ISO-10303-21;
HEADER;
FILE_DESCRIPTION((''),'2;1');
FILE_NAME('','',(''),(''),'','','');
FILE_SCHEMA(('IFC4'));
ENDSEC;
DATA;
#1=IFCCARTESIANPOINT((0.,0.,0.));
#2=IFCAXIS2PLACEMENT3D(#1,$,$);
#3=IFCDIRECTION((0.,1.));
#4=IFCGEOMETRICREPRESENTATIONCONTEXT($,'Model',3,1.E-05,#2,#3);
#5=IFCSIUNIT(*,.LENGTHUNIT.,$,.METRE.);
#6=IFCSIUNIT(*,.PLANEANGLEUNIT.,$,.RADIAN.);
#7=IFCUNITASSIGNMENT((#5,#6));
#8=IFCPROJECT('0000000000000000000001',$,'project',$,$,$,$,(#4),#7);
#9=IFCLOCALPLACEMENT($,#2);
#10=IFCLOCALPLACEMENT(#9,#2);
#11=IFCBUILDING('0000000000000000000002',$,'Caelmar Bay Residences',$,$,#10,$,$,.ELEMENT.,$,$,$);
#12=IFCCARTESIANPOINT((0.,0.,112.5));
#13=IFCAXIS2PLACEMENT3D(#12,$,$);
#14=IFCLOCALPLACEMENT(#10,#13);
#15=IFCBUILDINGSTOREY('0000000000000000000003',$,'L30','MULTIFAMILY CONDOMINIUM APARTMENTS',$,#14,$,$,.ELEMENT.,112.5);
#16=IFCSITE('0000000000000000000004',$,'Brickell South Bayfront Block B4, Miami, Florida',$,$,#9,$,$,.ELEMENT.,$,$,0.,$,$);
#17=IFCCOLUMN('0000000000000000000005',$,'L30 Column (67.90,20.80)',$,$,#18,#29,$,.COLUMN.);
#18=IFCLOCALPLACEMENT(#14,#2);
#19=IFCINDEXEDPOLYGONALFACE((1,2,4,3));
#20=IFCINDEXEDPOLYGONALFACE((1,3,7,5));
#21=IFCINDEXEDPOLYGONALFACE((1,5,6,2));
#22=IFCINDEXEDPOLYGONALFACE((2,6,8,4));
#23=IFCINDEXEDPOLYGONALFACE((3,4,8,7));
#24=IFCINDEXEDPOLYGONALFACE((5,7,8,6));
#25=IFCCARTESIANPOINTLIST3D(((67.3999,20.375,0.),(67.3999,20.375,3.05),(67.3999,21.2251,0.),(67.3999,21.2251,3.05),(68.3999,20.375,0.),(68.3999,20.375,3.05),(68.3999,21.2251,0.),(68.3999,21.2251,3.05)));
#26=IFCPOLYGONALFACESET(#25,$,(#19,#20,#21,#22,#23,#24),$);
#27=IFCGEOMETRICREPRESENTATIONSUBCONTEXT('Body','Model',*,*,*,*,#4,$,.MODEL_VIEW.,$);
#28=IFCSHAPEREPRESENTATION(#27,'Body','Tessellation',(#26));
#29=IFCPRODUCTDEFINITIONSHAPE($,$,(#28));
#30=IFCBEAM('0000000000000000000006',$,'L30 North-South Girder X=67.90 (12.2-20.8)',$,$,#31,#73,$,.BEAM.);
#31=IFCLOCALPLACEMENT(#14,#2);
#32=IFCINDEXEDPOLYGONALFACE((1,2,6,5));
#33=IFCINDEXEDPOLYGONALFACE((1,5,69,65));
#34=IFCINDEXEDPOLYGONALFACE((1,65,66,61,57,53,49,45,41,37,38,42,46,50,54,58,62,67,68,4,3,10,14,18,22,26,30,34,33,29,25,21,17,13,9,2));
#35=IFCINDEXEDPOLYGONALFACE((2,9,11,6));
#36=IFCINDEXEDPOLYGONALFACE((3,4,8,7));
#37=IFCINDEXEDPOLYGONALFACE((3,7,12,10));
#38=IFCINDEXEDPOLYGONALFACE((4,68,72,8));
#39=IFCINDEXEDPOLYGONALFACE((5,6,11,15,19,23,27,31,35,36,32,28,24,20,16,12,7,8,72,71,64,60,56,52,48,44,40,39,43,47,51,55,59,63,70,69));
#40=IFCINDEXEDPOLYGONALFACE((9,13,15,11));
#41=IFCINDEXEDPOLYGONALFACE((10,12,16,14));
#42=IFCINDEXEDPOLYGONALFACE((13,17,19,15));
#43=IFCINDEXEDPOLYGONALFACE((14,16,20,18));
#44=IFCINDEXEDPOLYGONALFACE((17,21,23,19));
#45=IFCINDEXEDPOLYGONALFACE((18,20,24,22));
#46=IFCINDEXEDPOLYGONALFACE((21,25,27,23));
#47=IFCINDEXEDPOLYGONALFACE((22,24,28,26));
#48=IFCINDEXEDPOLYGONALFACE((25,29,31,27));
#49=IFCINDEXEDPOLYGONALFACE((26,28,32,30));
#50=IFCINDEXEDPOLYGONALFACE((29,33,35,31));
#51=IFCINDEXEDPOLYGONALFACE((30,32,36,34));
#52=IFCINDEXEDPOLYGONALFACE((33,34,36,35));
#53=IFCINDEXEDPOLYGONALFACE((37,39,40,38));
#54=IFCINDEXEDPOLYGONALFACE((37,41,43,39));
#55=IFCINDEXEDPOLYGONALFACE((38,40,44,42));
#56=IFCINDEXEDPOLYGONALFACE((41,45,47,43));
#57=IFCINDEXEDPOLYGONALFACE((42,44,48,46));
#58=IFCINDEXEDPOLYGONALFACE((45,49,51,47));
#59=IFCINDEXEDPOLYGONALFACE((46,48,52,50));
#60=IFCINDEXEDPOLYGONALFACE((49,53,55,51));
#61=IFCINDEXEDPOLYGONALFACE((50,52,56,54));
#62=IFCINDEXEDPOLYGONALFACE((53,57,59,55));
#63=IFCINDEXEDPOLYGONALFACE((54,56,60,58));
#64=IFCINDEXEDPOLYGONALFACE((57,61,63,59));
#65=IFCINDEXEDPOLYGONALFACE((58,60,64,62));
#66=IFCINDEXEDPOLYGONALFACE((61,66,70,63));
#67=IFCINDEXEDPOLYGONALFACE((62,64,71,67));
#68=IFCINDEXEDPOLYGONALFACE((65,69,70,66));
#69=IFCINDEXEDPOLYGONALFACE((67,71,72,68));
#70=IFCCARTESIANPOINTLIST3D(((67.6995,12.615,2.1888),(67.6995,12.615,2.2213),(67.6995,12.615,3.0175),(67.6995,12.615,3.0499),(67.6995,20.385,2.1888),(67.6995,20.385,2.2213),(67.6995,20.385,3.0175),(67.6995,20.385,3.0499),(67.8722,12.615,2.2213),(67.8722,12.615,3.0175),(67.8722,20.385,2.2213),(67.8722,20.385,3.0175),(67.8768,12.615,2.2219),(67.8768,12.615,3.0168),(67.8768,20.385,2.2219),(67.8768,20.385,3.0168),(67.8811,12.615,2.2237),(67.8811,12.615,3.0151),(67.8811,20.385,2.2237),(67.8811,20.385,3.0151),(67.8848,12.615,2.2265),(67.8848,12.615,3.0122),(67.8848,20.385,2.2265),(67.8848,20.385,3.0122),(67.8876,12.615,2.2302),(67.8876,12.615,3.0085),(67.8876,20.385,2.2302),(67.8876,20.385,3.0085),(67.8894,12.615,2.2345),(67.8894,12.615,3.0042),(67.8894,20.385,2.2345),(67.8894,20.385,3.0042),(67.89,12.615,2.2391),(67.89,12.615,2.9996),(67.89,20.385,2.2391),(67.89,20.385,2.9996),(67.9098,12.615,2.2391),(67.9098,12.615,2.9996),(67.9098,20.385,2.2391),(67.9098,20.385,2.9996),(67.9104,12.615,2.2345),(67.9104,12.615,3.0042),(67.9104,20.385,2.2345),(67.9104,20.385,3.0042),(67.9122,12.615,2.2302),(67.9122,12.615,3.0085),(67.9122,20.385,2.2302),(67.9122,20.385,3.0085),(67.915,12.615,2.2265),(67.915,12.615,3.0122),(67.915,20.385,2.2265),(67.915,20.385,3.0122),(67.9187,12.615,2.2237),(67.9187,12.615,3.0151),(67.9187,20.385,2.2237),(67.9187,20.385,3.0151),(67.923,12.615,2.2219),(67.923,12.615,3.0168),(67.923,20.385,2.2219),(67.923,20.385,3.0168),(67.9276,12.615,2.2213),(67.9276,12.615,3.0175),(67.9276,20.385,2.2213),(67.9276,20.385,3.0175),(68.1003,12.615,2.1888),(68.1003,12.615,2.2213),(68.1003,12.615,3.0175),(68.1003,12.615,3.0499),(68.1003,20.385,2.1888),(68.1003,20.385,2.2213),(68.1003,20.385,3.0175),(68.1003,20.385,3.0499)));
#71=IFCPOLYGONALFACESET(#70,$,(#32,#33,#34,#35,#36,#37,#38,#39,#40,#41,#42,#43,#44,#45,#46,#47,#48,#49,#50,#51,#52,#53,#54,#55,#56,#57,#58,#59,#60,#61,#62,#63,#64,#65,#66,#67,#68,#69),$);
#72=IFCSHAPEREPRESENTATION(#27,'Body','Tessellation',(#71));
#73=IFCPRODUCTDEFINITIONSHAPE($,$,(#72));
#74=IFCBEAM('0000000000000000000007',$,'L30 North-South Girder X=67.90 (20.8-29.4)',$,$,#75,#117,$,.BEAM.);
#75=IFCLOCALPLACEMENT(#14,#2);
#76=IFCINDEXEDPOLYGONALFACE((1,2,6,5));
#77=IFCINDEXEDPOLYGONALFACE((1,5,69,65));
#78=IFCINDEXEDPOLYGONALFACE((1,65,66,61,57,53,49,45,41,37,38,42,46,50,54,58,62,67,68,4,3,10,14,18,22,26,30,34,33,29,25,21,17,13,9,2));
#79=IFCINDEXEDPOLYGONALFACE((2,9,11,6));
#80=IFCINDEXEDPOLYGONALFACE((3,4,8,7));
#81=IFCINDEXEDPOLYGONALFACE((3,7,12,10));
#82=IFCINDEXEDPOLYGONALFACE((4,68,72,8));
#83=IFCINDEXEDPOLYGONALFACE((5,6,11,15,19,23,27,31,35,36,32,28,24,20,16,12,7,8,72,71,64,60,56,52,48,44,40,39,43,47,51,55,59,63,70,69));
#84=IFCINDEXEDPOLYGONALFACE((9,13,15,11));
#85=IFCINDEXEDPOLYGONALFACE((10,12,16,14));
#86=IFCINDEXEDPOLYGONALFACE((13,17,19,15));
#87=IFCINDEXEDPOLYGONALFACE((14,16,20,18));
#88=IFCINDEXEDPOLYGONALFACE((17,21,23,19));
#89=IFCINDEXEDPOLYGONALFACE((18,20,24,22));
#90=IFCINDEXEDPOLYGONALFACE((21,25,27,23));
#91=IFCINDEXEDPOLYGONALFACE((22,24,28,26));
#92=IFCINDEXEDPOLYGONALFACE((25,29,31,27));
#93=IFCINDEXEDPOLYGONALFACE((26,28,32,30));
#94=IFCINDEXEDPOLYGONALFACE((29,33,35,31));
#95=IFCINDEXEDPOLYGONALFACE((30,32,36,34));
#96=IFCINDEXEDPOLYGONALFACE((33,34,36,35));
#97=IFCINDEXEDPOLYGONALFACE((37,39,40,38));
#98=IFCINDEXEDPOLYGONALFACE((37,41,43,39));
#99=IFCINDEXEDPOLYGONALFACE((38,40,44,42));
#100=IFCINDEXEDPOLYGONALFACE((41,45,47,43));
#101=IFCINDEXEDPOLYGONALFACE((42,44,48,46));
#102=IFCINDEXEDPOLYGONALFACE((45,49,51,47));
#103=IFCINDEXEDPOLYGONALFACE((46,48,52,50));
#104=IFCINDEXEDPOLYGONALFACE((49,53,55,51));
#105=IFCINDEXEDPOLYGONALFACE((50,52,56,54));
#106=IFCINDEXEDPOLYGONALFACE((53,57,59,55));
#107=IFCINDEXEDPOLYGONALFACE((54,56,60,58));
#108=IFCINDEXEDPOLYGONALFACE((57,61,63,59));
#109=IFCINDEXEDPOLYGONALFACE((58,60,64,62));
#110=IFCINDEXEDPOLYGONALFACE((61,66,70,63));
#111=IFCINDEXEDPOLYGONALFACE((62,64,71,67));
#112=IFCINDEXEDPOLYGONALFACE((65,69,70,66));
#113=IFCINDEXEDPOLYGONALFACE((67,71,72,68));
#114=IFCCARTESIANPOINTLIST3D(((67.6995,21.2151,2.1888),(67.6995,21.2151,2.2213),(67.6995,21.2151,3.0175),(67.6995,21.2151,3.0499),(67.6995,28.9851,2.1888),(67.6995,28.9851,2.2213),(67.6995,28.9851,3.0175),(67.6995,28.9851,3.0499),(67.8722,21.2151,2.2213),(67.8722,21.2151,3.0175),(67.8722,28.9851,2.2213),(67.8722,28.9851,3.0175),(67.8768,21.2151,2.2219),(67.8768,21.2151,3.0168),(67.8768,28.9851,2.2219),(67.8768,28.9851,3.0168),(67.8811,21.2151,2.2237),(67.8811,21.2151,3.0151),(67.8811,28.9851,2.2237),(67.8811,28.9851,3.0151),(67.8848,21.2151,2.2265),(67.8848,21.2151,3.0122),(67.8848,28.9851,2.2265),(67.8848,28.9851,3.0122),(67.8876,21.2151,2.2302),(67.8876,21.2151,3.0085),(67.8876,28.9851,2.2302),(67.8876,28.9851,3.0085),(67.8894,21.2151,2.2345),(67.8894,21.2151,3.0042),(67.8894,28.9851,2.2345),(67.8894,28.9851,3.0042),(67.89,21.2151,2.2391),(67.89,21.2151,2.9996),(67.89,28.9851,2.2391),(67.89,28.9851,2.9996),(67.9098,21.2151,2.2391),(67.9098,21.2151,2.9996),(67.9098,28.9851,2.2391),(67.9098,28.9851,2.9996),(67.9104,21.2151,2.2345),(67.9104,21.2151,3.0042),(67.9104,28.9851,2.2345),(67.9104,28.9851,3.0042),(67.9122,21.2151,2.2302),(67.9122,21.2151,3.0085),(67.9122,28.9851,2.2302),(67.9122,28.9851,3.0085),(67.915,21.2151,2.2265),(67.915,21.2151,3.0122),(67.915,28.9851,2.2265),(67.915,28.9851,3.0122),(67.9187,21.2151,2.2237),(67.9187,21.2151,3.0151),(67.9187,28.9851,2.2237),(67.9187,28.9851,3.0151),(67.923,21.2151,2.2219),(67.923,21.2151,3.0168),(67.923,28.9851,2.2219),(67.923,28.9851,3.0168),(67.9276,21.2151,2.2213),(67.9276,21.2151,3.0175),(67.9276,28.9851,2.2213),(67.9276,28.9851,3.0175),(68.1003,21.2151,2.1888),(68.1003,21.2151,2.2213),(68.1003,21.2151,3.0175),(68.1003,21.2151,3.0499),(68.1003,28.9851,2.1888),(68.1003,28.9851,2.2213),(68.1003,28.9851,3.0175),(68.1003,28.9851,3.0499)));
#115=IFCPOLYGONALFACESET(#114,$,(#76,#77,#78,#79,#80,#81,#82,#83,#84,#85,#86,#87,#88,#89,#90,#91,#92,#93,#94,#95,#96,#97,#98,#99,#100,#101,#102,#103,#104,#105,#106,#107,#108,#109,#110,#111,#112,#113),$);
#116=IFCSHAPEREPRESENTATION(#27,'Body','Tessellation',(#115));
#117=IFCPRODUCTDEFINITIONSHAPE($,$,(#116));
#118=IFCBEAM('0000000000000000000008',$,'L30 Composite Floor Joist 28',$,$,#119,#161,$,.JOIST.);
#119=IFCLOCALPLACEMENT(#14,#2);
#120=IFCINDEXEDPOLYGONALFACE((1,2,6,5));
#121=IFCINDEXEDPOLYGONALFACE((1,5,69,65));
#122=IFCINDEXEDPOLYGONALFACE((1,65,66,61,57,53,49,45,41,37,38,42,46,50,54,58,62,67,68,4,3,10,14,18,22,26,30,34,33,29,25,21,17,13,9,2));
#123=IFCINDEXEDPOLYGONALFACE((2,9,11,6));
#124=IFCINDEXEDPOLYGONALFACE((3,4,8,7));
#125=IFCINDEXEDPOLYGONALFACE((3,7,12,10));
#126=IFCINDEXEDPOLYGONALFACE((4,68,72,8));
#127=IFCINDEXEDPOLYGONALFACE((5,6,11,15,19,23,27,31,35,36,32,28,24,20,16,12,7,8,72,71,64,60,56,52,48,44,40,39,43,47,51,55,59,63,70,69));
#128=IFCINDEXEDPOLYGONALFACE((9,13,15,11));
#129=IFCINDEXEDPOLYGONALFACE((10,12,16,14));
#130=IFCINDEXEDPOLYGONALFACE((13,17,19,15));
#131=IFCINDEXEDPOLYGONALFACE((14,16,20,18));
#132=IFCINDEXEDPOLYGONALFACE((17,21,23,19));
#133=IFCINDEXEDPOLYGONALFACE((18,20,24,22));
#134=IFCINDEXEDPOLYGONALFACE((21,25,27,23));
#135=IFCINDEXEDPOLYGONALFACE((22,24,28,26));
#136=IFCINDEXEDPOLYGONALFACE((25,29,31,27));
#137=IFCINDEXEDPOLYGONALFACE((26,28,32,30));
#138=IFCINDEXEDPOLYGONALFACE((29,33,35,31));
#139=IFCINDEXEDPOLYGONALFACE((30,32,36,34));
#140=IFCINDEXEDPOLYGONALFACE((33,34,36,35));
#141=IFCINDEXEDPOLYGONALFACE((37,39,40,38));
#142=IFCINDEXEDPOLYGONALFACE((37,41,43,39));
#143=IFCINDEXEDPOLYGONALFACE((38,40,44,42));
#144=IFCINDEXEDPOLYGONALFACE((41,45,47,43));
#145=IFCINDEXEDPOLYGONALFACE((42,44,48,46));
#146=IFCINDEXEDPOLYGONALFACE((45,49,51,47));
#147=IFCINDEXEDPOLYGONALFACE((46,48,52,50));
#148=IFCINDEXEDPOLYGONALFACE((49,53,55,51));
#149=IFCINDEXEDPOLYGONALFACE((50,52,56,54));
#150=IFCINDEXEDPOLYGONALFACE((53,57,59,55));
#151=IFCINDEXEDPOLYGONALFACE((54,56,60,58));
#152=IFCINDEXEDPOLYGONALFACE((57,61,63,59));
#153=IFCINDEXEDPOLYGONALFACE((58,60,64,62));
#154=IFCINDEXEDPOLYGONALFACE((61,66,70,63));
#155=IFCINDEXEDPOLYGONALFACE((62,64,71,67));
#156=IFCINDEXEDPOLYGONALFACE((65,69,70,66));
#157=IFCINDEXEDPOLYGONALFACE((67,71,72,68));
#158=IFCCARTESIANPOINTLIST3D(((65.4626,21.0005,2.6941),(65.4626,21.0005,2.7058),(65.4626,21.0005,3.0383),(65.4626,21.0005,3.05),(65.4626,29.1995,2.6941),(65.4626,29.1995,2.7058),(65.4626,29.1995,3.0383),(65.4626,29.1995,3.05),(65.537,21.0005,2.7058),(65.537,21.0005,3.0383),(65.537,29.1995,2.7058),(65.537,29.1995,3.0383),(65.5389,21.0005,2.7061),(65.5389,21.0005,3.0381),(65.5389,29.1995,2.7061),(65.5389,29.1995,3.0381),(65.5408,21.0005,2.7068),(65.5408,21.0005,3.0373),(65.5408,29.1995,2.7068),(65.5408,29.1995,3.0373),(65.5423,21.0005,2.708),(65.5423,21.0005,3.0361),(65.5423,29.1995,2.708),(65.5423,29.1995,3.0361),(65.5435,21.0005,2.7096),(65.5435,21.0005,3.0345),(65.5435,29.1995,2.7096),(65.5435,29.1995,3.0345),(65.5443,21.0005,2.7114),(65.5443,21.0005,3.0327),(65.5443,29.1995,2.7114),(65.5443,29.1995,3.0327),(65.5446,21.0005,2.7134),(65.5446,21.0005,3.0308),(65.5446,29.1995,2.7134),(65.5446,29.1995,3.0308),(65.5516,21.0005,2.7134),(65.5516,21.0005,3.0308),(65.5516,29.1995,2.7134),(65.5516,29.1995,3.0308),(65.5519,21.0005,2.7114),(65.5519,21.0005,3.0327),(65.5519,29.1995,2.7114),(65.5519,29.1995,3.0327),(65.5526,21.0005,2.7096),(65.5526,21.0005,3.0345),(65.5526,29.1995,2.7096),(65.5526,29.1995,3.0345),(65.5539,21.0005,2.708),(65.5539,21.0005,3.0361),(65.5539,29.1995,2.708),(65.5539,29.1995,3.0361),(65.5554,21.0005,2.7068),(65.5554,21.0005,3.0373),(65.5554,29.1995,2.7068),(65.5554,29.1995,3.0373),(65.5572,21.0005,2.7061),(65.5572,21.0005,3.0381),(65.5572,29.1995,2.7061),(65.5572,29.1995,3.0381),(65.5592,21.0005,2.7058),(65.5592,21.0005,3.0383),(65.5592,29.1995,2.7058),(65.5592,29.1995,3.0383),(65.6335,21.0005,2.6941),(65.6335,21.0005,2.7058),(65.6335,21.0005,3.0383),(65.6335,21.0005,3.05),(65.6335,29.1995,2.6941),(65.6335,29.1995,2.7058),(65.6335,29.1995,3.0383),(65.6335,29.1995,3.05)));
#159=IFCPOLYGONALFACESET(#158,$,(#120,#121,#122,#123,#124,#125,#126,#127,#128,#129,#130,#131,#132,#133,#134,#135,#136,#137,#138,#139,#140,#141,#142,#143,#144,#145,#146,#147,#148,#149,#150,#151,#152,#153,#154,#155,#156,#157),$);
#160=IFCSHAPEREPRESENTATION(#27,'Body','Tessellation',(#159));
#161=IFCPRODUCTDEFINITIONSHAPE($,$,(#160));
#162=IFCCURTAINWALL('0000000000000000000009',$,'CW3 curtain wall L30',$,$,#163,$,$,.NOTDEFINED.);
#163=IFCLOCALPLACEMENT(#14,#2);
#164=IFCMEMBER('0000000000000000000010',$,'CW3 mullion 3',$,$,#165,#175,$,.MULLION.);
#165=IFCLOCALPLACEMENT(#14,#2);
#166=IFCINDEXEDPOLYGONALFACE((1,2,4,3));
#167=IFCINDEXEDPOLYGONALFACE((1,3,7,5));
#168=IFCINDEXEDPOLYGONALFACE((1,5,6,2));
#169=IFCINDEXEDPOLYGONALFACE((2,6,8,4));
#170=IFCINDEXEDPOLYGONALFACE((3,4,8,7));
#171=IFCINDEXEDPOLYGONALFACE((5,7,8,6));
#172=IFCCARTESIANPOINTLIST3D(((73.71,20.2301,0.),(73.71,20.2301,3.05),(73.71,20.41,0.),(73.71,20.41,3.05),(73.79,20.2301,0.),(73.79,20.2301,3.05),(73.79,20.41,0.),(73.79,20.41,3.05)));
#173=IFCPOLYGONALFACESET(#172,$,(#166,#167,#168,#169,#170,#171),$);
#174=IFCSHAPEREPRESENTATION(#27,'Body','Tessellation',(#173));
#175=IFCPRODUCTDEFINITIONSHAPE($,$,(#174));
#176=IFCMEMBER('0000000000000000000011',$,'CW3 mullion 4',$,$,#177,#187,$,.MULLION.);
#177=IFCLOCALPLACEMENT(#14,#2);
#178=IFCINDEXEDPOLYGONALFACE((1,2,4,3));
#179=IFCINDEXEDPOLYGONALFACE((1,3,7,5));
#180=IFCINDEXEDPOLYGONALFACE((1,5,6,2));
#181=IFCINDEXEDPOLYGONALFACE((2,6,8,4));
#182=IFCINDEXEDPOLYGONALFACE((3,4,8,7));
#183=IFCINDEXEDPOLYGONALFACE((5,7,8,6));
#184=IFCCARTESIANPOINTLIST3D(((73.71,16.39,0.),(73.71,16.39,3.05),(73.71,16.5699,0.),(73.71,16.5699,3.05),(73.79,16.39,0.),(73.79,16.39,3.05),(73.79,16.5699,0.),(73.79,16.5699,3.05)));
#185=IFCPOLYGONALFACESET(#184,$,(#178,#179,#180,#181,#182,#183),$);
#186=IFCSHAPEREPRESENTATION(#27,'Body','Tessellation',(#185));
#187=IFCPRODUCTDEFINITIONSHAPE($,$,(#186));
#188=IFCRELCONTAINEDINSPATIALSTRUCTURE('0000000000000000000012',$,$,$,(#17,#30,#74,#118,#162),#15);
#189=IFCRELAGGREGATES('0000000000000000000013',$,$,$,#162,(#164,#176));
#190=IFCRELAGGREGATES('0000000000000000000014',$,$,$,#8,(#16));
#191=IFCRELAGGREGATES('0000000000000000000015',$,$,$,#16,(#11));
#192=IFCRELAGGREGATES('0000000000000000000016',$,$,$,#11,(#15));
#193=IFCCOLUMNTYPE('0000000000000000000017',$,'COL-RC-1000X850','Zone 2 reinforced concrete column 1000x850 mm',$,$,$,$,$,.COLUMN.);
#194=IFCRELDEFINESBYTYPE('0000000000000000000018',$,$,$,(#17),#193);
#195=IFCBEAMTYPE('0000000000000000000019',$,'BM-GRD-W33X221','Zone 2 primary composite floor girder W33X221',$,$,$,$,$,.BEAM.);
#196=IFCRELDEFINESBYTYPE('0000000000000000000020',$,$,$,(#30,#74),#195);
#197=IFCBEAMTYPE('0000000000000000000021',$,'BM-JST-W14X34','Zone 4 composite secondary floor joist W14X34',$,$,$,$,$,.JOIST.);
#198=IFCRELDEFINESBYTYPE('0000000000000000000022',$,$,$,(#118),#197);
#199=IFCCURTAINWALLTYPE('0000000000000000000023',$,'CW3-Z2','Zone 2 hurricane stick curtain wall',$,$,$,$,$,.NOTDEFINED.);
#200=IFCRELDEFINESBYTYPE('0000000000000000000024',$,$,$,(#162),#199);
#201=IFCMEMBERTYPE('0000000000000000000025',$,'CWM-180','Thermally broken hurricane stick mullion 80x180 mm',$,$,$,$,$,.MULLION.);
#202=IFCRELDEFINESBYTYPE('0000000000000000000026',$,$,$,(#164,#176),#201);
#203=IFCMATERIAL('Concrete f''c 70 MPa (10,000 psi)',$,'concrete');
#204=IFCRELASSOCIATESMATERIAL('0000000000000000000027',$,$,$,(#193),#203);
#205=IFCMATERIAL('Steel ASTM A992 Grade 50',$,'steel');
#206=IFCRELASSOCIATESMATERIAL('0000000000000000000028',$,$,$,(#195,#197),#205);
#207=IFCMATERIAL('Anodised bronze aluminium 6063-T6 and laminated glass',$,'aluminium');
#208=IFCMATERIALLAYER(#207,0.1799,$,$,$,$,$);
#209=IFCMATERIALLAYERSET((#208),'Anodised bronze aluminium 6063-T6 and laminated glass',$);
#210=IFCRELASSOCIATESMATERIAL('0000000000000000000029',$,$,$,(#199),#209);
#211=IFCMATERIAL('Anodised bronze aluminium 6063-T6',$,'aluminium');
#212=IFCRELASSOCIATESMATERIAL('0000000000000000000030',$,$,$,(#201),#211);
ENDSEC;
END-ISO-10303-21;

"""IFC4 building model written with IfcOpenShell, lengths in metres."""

from ifc_helpers import new_model, si_unit, direction, frame, origin, origin_2d, place, context, subcontext, project, spatial, rectangle, i_section, extrude, material, layer, layer_set, material_profile, profile_set, type_object, element, aggregate, save


model = new_model("IFC4")

# Units and contexts
model_context = context("Model", 3, precision=1e-05, world=origin(), true_north=direction((0.0, 1.0)))
body_context = subcontext(model_context, "Body", "Model", "MODEL_VIEW")
ifc_project = project(units=[si_unit("LENGTHUNIT", "METRE"), si_unit("PLANEANGLEUNIT", "RADIAN")], contexts=[model_context])

# Site, building, storey
site_placement = place(None, origin())
site = spatial("IfcSite", under=ifc_project, at=site_placement, Name="Brickell South Bayfront Block B4, Miami, Florida", CompositionType="ELEMENT", RefElevation=0.0)
building_placement = place(site_placement, origin())
building = spatial("IfcBuilding", under=site, at=building_placement, Name="Caelmar Bay Residences", CompositionType="ELEMENT")
storey_placement = place(building_placement, frame((0.0, 0.0, 112.5)))
storey = spatial("IfcBuildingStorey", under=building, at=storey_placement, Name="L30", Description="MULTIFAMILY CONDOMINIUM APARTMENTS", CompositionType="ELEMENT", Elevation=112.5)

# Column
ifc_material_1 = material(Name="Concrete f'c 70 MPa (10,000 psi)", Category="concrete")
ifc_material_profile_1 = material_profile(ifc_material_1, rectangle(XDim=1.0, YDim=0.8501, at=origin_2d()), Name="RC-COL-1000X850")
ifc_profile_set_1 = profile_set([ifc_material_profile_1], Name="Concrete f'c 70 MPa (10,000 psi)")
column_type = type_object("IfcColumnType", Name="COL-RC-1000X850", Description="Zone 2 reinforced concrete column 1000x850 mm", PredefinedType="COLUMN", material=ifc_profile_set_1)
column_placement = place(storey_placement, frame((67.8999, 20.8, 0.0), z_axis=(0.0, 0.0, 1.0), x_axis=(1.0, 0.0, 0.0)))
element("IfcColumn", 1, at=column_placement, inside=storey, type_object=column_type, Name="L30 Column (67.90,20.80)", PredefinedType="COLUMN", context=body_context, shape_type="SweptSolid", body=[
    extrude(rectangle(XDim=1.0, YDim=0.8501, at=origin_2d()), origin(), (0.0, 0.0, 1.0), 3.05),
])

# Beams
ifc_material_2 = material(Name="Steel ASTM A992 Grade 50", Category="steel")
ifc_material_profile_2 = material_profile(ifc_material_2, i_section(OverallWidth=0.4009, OverallDepth=0.8611, WebThickness=0.0198, FlangeThickness=0.0325, FilletRadius=0.0178, at=origin_2d()), Name="W33X221")
ifc_profile_set_2 = profile_set([ifc_material_profile_2], Name="Steel ASTM A992 Grade 50")
beam_type_1 = type_object("IfcBeamType", Name="BM-GRD-W33X221", Description="Zone 2 primary composite floor girder W33X221", PredefinedType="BEAM", material=ifc_profile_set_2)
for number, where, z_axis, x_axis, name in (
    (2, (67.8999, 12.615, 2.6194), (0.0, 1.0, 0.0), (-1.0, 0.0, 0.0), "L30 North-South Girder X=67.90 (12.2-20.8)"),
    (3, (67.8999, 21.2151, 2.6194), (0.0, 1.0, 0.0), (-1.0, 0.0, 0.0), "L30 North-South Girder X=67.90 (20.8-29.4)"),
):
    element("IfcBeam", number, at=place(storey_placement, frame(where, z_axis=z_axis, x_axis=x_axis)), inside=storey, type_object=beam_type_1, Name=name, PredefinedType="BEAM", context=body_context, shape_type="SweptSolid", body=[
        extrude(i_section(OverallWidth=0.4009, OverallDepth=0.8611, WebThickness=0.0198, FlangeThickness=0.0325, FilletRadius=0.0178, at=origin_2d()), origin(), (0.0, 0.0, 1.0), 7.77),
    ])
ifc_material_profile_3 = material_profile(ifc_material_2, i_section(OverallWidth=0.1709, OverallDepth=0.356, WebThickness=0.0071, FlangeThickness=0.0117, FilletRadius=0.0076, at=origin_2d()), Name="W14X34")
ifc_profile_set_3 = profile_set([ifc_material_profile_3], Name="Steel ASTM A992 Grade 50")
beam_type_2 = type_object("IfcBeamType", Name="BM-JST-W14X34", Description="Zone 4 composite secondary floor joist W14X34", PredefinedType="JOIST", material=ifc_profile_set_3)
beam_placement = place(storey_placement, frame((65.5481, 21.0005, 2.8721), z_axis=(0.0, 1.0, 0.0), x_axis=(-1.0, 0.0, 0.0)))
element("IfcBeam", 4, at=beam_placement, inside=storey, type_object=beam_type_2, Name="L30 Composite Floor Joist 28", PredefinedType="JOIST", context=body_context, shape_type="SweptSolid", body=[
    extrude(i_section(OverallWidth=0.1709, OverallDepth=0.356, WebThickness=0.0071, FlangeThickness=0.0117, FilletRadius=0.0076, at=origin_2d()), origin(), (0.0, 0.0, 1.0), 8.199),
])

# Curtain wall, members
ifc_material_3 = material(Name="Anodised bronze aluminium 6063-T6 and laminated glass", Category="aluminium")
ifc_layer_1 = layer(ifc_material_3, 0.1799)
ifc_layer_set_1 = layer_set([ifc_layer_1], Name="Anodised bronze aluminium 6063-T6 and laminated glass")
curtain_wall_type = type_object("IfcCurtainWallType", Name="CW3-Z2", Description="Zone 2 hurricane stick curtain wall", PredefinedType="NOTDEFINED", material=ifc_layer_set_1)
curtain_wall_placement = place(storey_placement, origin())
curtain_wall = element("IfcCurtainWall", 5, at=curtain_wall_placement, inside=storey, type_object=curtain_wall_type, Name="CW3 curtain wall L30", PredefinedType="NOTDEFINED")
ifc_material_4 = material(Name="Anodised bronze aluminium 6063-T6", Category="aluminium")
ifc_material_profile_4 = material_profile(ifc_material_4, rectangle(XDim=0.0801, YDim=0.1799, at=origin_2d()), Name="CWM-80X180")
ifc_profile_set_4 = profile_set([ifc_material_profile_4], Name="Anodised bronze aluminium 6063-T6")
member_type_1 = type_object("IfcMemberType", Name="CWM-180", Description="Thermally broken hurricane stick mullion 80x180 mm", PredefinedType="MULLION", material=ifc_profile_set_4)
member_1_placement = place(storey_placement, frame((73.75, 20.3201, 0.0), z_axis=(0.0, 0.0, 1.0), x_axis=(1.0, 0.0, 0.0)))
member_1 = element("IfcMember", 6, at=member_1_placement, type_object=member_type_1, Name="CW3 mullion 3", PredefinedType="MULLION", context=body_context, shape_type="SweptSolid", body=[
    extrude(rectangle(XDim=0.0801, YDim=0.1799, at=origin_2d()), origin(), (0.0, 0.0, 1.0), 3.05),
])
member_2_placement = place(storey_placement, frame((73.75, 16.48, 0.0), z_axis=(0.0, 0.0, 1.0), x_axis=(1.0, 0.0, 0.0)))
member_2 = element("IfcMember", 7, at=member_2_placement, type_object=member_type_1, Name="CW3 mullion 4", PredefinedType="MULLION", context=body_context, shape_type="SweptSolid", body=[
    extrude(rectangle(XDim=0.0801, YDim=0.1799, at=origin_2d()), origin(), (0.0, 0.0, 1.0), 3.05),
])
aggregate(curtain_wall, [member_1, member_2])

save(model, "model.ifc")
